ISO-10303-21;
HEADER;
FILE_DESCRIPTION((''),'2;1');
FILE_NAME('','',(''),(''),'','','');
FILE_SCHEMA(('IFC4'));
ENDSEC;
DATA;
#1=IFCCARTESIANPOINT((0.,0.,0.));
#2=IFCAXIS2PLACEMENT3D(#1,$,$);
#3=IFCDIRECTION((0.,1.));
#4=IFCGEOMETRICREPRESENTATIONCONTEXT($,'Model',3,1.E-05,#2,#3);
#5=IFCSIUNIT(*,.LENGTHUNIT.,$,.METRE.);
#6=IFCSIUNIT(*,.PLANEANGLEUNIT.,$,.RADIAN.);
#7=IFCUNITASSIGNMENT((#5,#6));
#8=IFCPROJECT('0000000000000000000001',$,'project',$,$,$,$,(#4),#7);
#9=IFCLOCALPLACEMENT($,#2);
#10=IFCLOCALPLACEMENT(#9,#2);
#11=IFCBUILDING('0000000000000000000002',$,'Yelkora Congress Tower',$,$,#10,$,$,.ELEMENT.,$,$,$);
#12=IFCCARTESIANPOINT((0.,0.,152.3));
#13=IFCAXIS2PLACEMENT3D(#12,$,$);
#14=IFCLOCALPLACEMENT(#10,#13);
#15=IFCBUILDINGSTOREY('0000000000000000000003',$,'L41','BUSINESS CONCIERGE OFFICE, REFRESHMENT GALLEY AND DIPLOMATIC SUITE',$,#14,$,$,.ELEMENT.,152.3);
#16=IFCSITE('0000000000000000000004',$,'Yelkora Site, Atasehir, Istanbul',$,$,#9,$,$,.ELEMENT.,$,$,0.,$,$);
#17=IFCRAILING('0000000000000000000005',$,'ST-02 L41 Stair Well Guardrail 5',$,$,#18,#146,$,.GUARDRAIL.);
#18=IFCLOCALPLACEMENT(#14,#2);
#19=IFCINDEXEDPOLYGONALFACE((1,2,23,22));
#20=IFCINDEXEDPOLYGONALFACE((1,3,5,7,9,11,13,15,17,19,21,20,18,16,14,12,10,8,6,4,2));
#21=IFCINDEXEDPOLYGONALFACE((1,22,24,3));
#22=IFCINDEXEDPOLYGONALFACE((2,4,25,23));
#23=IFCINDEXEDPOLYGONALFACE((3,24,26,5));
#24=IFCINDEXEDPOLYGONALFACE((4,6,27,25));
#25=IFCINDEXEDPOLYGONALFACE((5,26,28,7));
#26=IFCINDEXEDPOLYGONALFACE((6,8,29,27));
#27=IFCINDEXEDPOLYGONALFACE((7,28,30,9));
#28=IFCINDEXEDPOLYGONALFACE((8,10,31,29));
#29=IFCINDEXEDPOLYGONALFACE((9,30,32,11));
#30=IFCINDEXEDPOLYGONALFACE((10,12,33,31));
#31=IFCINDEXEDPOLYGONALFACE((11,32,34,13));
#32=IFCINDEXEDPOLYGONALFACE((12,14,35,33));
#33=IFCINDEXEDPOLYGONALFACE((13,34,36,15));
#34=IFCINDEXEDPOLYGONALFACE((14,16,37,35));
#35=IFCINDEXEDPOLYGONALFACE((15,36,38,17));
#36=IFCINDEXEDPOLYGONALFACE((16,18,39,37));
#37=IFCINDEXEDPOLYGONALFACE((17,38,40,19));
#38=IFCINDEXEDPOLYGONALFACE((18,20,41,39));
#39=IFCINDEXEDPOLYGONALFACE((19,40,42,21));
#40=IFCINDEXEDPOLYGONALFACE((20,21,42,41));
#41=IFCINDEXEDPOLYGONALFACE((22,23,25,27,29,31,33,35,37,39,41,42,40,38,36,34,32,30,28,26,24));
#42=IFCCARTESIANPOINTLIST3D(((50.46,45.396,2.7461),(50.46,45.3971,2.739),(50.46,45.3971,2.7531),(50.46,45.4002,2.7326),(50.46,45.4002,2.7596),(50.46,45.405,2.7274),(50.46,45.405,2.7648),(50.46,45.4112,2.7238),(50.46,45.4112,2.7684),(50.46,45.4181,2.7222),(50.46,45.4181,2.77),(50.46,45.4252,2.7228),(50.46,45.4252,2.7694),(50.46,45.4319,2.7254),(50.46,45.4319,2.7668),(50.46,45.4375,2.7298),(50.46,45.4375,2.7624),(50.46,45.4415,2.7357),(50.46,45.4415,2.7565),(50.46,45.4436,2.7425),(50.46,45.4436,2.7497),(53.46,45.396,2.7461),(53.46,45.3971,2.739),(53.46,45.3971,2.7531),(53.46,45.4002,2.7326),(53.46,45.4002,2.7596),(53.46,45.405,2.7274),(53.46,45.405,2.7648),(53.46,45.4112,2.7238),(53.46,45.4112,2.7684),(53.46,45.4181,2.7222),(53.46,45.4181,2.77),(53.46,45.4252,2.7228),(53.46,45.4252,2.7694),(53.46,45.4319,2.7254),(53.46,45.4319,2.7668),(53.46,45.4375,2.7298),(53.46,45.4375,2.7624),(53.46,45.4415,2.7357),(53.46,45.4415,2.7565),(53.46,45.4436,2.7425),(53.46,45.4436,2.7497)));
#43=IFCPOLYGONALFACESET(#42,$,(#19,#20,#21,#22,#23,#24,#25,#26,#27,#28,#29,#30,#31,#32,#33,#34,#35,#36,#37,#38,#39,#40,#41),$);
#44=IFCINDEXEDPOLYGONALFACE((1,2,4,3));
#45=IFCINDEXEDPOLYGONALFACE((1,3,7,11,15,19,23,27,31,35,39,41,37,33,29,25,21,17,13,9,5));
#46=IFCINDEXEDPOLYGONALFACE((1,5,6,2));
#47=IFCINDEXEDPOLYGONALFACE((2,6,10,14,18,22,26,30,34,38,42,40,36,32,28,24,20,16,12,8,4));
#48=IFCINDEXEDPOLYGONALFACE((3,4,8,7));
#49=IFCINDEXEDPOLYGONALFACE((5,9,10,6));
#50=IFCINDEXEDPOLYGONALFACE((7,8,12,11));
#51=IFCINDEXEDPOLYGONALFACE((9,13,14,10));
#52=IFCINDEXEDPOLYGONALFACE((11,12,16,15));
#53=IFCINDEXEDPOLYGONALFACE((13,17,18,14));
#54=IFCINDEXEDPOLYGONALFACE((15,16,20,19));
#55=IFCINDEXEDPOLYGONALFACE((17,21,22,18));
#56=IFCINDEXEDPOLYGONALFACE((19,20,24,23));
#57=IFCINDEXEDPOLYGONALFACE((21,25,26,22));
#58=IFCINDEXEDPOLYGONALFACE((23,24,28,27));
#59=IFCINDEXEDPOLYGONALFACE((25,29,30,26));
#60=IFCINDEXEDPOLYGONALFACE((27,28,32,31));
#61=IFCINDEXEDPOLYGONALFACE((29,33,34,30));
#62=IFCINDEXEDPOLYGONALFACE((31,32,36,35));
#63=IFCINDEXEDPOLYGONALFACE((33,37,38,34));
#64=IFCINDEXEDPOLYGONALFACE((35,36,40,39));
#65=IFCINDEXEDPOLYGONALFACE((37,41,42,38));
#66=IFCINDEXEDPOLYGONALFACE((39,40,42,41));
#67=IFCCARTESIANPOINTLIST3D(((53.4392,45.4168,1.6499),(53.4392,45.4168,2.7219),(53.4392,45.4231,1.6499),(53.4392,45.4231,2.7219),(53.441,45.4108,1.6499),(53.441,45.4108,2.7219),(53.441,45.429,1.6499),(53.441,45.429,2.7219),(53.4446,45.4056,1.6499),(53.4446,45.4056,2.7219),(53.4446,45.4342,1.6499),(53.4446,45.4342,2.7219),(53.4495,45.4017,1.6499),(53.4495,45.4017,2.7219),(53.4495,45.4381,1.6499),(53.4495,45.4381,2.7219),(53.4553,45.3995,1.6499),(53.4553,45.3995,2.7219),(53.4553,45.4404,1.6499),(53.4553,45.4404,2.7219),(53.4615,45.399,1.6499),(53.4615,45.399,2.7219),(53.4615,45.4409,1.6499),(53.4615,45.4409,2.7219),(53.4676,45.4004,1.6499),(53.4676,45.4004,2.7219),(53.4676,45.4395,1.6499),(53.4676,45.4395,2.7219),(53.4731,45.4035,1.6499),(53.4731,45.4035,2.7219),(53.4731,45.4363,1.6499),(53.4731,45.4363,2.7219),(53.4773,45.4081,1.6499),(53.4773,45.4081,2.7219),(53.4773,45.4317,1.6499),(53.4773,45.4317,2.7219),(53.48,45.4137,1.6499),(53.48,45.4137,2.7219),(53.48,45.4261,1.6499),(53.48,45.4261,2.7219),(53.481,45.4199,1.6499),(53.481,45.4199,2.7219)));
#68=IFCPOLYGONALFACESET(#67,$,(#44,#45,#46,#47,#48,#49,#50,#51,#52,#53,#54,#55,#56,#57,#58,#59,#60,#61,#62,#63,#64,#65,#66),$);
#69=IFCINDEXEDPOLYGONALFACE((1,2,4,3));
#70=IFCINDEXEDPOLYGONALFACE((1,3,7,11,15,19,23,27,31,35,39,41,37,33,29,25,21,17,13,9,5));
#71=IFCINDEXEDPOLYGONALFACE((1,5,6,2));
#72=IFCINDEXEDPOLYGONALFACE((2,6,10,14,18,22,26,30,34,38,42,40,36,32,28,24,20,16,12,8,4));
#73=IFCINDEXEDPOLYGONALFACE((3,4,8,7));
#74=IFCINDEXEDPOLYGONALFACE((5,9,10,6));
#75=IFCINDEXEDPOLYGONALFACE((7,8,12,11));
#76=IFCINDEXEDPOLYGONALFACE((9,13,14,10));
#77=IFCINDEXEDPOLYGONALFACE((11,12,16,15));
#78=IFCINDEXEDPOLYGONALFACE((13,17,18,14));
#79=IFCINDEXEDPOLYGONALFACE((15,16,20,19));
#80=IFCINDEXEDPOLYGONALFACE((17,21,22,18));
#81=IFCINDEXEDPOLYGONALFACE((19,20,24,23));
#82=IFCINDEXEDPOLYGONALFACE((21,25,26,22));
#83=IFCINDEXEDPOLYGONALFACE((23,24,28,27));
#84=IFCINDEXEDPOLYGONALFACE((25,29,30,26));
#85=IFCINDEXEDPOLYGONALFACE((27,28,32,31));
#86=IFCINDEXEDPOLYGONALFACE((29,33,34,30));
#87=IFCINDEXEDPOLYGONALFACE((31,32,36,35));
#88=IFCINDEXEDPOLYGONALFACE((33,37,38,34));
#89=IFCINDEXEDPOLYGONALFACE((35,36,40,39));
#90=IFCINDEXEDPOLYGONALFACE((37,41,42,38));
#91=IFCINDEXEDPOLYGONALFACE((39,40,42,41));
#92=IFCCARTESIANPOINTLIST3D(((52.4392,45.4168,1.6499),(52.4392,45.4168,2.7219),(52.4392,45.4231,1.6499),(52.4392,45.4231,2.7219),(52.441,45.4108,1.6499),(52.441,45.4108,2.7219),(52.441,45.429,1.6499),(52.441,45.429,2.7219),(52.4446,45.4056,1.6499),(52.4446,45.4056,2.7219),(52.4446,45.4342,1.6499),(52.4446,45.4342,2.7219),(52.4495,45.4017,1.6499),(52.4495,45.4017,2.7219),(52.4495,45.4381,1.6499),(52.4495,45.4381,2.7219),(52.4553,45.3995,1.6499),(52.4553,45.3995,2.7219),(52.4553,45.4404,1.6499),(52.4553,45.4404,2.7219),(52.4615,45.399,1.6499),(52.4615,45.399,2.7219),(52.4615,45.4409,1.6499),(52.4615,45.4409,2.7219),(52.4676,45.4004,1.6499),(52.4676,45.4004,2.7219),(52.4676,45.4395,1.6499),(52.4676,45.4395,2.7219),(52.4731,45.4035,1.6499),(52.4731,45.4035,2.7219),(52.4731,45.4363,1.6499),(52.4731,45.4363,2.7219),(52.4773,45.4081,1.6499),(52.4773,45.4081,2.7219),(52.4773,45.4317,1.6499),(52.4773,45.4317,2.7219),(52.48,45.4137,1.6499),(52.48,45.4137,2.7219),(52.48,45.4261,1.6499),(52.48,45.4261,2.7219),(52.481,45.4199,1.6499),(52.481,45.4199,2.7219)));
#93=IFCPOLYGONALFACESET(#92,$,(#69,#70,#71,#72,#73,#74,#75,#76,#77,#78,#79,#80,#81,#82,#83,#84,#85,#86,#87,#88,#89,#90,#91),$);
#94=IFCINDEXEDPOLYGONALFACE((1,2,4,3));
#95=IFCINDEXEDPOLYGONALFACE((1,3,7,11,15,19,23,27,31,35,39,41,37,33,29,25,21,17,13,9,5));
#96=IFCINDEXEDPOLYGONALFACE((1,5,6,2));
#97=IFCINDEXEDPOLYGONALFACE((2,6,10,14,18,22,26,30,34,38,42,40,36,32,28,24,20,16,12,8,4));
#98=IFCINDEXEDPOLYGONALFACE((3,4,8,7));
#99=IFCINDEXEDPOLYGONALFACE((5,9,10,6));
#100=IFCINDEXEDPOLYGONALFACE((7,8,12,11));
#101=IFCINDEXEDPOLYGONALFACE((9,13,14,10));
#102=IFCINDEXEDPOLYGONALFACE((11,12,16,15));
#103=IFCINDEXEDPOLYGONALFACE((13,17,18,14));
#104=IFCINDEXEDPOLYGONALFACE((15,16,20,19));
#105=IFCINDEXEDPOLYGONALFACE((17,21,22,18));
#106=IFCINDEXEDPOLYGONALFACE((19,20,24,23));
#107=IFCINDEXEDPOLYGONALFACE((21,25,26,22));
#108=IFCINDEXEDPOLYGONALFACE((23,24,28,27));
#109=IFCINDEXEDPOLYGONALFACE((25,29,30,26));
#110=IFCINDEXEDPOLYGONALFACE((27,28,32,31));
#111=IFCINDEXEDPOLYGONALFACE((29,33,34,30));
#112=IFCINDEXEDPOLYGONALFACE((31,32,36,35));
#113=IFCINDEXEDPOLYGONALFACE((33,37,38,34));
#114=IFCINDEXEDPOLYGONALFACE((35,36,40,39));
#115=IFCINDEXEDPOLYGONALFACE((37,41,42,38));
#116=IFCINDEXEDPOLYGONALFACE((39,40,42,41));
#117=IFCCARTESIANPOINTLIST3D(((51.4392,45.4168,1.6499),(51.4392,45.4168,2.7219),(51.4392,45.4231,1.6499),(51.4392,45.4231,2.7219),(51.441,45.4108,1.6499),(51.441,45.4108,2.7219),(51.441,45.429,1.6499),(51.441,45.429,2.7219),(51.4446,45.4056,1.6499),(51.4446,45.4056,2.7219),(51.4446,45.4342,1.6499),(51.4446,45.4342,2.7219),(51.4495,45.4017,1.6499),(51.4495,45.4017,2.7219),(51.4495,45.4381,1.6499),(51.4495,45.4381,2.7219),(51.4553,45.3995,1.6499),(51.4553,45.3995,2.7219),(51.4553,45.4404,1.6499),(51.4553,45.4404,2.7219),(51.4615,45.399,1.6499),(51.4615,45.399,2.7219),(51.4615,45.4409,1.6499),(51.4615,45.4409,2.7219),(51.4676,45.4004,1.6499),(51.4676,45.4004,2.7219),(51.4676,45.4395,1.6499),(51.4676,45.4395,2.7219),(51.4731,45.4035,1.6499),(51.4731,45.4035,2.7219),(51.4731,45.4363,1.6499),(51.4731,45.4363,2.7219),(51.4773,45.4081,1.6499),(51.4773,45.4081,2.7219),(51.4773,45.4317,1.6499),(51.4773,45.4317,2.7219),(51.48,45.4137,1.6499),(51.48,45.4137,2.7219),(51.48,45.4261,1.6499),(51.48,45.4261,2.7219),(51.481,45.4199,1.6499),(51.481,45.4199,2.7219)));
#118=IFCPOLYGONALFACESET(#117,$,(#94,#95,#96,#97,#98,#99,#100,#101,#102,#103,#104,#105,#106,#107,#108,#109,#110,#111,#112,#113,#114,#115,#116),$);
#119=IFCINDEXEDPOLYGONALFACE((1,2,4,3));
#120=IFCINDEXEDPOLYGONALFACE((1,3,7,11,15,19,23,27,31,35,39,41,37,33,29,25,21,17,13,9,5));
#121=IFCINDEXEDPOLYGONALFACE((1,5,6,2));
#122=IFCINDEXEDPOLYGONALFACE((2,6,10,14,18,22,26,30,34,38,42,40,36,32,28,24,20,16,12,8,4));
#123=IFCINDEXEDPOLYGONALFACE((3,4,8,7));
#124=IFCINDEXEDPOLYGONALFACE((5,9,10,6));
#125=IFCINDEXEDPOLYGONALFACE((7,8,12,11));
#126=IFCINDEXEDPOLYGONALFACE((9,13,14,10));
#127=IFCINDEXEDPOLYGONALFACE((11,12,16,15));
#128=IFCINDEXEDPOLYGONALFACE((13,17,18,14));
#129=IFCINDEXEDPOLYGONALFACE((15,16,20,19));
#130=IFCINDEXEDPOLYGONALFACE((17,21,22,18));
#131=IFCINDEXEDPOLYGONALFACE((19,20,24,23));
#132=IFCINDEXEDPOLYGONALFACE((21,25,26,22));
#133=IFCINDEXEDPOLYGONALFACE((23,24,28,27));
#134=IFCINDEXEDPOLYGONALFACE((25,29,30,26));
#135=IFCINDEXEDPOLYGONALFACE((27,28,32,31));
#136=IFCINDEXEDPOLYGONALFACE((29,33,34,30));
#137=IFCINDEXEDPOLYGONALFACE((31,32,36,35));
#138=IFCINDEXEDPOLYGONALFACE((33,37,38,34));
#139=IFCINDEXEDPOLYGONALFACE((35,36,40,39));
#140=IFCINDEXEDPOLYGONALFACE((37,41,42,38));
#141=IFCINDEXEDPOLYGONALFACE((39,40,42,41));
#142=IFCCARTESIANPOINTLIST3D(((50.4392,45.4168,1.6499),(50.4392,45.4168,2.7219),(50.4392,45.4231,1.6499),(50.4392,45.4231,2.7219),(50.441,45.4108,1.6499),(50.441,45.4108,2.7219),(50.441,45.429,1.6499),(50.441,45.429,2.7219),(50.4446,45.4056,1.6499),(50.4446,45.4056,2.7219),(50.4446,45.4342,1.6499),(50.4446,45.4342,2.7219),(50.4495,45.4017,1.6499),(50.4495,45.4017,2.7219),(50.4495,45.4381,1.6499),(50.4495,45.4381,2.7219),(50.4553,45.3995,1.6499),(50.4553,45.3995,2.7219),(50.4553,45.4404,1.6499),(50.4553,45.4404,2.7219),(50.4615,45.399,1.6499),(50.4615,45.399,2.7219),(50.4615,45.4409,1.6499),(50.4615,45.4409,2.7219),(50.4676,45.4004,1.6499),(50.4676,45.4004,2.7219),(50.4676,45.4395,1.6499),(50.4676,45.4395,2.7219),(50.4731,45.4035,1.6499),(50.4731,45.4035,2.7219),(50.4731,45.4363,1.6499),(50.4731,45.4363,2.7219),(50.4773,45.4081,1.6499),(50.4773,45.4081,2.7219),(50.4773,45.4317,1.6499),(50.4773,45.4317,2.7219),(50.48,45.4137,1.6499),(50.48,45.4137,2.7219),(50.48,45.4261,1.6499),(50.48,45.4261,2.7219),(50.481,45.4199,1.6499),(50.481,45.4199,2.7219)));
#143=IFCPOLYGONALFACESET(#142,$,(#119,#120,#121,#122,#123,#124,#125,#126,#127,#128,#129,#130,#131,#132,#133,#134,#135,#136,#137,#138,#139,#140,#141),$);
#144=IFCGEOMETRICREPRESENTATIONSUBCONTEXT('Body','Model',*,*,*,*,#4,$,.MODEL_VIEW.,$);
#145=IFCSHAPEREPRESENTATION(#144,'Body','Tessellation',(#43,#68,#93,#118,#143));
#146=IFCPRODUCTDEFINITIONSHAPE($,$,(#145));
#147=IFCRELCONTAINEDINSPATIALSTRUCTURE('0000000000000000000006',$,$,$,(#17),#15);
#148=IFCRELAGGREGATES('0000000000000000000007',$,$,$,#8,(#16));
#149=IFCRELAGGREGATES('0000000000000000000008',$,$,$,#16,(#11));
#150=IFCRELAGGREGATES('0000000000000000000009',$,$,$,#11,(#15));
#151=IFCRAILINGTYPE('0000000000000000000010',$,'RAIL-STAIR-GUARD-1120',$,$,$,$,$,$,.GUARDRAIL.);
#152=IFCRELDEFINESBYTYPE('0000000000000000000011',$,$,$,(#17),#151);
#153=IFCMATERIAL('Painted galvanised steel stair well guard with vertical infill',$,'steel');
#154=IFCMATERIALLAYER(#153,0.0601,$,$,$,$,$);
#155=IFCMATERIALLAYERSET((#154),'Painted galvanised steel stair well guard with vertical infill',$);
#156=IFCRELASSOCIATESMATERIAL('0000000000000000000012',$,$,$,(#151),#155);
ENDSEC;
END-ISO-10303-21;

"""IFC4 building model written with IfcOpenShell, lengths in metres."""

from ifc_helpers import new_model, si_unit, direction, frame, origin, origin_2d, place, context, subcontext, project, spatial, circle, extrude, material, layer, layer_set, type_object, element, save


model = new_model("IFC4")

# Units and contexts
model_context = context("Model", 3, precision=1e-05, world=origin(), true_north=direction((0.0, 1.0)))
body_context = subcontext(model_context, "Body", "Model", "MODEL_VIEW")
ifc_project = project(units=[si_unit("LENGTHUNIT", "METRE"), si_unit("PLANEANGLEUNIT", "RADIAN")], contexts=[model_context])

# Site, building, storey
site_placement = place(None, origin())
site = spatial("IfcSite", under=ifc_project, at=site_placement, Name="Yelkora Site, Atasehir, Istanbul", CompositionType="ELEMENT", RefElevation=0.0)
building_placement = place(site_placement, origin())
building = spatial("IfcBuilding", under=site, at=building_placement, Name="Yelkora Congress Tower", CompositionType="ELEMENT")
storey_placement = place(building_placement, frame((0.0, 0.0, 152.3)))
storey = spatial("IfcBuildingStorey", under=building, at=storey_placement, Name="L41", Description="BUSINESS CONCIERGE OFFICE, REFRESHMENT GALLEY AND DIPLOMATIC SUITE", CompositionType="ELEMENT", Elevation=152.3)

# Railing
ifc_material_1 = material(Name="Painted galvanised steel stair well guard with vertical infill", Category="steel")
ifc_layer_1 = layer(ifc_material_1, 0.0601)
ifc_layer_set_1 = layer_set([ifc_layer_1], Name="Painted galvanised steel stair well guard with vertical infill")
railing_type = type_object("IfcRailingType", Name="RAIL-STAIR-GUARD-1120", PredefinedType="GUARDRAIL", material=ifc_layer_set_1)
railing_1_placement = place(storey_placement, frame((53.46, 45.4199, 1.6499)))
element("IfcRailing", 1, at=railing_1_placement, inside=storey, type_object=railing_type, Name="ST-02 L41 Stair Well Guardrail 5", PredefinedType="GUARDRAIL", context=body_context, shape_type="SweptSolid", body=[
    extrude(circle(Radius=0.0239, at=origin_2d()), frame((0.0, 0.0, 1.0962), z_axis=(-1.0, 0.0, 0.0), x_axis=(0.0, -1.0, 0.0)), (0.0, 0.0, 1.0), 3.0),
    extrude(circle(Radius=0.021, at=origin_2d()), origin(), (0.0, 0.0, 1.0), 1.072),
    extrude(circle(Radius=0.021, at=origin_2d()), frame((-1.0, 0.0, 0.0)), (0.0, 0.0, 1.0), 1.072),
    extrude(circle(Radius=0.021, at=origin_2d()), frame((-2.0, 0.0, 0.0)), (0.0, 0.0, 1.0), 1.072),
    extrude(circle(Radius=0.021, at=origin_2d()), frame((-3.0, 0.0, 0.0)), (0.0, 0.0, 1.0), 1.072),
])

save(model, "model.ifc")
